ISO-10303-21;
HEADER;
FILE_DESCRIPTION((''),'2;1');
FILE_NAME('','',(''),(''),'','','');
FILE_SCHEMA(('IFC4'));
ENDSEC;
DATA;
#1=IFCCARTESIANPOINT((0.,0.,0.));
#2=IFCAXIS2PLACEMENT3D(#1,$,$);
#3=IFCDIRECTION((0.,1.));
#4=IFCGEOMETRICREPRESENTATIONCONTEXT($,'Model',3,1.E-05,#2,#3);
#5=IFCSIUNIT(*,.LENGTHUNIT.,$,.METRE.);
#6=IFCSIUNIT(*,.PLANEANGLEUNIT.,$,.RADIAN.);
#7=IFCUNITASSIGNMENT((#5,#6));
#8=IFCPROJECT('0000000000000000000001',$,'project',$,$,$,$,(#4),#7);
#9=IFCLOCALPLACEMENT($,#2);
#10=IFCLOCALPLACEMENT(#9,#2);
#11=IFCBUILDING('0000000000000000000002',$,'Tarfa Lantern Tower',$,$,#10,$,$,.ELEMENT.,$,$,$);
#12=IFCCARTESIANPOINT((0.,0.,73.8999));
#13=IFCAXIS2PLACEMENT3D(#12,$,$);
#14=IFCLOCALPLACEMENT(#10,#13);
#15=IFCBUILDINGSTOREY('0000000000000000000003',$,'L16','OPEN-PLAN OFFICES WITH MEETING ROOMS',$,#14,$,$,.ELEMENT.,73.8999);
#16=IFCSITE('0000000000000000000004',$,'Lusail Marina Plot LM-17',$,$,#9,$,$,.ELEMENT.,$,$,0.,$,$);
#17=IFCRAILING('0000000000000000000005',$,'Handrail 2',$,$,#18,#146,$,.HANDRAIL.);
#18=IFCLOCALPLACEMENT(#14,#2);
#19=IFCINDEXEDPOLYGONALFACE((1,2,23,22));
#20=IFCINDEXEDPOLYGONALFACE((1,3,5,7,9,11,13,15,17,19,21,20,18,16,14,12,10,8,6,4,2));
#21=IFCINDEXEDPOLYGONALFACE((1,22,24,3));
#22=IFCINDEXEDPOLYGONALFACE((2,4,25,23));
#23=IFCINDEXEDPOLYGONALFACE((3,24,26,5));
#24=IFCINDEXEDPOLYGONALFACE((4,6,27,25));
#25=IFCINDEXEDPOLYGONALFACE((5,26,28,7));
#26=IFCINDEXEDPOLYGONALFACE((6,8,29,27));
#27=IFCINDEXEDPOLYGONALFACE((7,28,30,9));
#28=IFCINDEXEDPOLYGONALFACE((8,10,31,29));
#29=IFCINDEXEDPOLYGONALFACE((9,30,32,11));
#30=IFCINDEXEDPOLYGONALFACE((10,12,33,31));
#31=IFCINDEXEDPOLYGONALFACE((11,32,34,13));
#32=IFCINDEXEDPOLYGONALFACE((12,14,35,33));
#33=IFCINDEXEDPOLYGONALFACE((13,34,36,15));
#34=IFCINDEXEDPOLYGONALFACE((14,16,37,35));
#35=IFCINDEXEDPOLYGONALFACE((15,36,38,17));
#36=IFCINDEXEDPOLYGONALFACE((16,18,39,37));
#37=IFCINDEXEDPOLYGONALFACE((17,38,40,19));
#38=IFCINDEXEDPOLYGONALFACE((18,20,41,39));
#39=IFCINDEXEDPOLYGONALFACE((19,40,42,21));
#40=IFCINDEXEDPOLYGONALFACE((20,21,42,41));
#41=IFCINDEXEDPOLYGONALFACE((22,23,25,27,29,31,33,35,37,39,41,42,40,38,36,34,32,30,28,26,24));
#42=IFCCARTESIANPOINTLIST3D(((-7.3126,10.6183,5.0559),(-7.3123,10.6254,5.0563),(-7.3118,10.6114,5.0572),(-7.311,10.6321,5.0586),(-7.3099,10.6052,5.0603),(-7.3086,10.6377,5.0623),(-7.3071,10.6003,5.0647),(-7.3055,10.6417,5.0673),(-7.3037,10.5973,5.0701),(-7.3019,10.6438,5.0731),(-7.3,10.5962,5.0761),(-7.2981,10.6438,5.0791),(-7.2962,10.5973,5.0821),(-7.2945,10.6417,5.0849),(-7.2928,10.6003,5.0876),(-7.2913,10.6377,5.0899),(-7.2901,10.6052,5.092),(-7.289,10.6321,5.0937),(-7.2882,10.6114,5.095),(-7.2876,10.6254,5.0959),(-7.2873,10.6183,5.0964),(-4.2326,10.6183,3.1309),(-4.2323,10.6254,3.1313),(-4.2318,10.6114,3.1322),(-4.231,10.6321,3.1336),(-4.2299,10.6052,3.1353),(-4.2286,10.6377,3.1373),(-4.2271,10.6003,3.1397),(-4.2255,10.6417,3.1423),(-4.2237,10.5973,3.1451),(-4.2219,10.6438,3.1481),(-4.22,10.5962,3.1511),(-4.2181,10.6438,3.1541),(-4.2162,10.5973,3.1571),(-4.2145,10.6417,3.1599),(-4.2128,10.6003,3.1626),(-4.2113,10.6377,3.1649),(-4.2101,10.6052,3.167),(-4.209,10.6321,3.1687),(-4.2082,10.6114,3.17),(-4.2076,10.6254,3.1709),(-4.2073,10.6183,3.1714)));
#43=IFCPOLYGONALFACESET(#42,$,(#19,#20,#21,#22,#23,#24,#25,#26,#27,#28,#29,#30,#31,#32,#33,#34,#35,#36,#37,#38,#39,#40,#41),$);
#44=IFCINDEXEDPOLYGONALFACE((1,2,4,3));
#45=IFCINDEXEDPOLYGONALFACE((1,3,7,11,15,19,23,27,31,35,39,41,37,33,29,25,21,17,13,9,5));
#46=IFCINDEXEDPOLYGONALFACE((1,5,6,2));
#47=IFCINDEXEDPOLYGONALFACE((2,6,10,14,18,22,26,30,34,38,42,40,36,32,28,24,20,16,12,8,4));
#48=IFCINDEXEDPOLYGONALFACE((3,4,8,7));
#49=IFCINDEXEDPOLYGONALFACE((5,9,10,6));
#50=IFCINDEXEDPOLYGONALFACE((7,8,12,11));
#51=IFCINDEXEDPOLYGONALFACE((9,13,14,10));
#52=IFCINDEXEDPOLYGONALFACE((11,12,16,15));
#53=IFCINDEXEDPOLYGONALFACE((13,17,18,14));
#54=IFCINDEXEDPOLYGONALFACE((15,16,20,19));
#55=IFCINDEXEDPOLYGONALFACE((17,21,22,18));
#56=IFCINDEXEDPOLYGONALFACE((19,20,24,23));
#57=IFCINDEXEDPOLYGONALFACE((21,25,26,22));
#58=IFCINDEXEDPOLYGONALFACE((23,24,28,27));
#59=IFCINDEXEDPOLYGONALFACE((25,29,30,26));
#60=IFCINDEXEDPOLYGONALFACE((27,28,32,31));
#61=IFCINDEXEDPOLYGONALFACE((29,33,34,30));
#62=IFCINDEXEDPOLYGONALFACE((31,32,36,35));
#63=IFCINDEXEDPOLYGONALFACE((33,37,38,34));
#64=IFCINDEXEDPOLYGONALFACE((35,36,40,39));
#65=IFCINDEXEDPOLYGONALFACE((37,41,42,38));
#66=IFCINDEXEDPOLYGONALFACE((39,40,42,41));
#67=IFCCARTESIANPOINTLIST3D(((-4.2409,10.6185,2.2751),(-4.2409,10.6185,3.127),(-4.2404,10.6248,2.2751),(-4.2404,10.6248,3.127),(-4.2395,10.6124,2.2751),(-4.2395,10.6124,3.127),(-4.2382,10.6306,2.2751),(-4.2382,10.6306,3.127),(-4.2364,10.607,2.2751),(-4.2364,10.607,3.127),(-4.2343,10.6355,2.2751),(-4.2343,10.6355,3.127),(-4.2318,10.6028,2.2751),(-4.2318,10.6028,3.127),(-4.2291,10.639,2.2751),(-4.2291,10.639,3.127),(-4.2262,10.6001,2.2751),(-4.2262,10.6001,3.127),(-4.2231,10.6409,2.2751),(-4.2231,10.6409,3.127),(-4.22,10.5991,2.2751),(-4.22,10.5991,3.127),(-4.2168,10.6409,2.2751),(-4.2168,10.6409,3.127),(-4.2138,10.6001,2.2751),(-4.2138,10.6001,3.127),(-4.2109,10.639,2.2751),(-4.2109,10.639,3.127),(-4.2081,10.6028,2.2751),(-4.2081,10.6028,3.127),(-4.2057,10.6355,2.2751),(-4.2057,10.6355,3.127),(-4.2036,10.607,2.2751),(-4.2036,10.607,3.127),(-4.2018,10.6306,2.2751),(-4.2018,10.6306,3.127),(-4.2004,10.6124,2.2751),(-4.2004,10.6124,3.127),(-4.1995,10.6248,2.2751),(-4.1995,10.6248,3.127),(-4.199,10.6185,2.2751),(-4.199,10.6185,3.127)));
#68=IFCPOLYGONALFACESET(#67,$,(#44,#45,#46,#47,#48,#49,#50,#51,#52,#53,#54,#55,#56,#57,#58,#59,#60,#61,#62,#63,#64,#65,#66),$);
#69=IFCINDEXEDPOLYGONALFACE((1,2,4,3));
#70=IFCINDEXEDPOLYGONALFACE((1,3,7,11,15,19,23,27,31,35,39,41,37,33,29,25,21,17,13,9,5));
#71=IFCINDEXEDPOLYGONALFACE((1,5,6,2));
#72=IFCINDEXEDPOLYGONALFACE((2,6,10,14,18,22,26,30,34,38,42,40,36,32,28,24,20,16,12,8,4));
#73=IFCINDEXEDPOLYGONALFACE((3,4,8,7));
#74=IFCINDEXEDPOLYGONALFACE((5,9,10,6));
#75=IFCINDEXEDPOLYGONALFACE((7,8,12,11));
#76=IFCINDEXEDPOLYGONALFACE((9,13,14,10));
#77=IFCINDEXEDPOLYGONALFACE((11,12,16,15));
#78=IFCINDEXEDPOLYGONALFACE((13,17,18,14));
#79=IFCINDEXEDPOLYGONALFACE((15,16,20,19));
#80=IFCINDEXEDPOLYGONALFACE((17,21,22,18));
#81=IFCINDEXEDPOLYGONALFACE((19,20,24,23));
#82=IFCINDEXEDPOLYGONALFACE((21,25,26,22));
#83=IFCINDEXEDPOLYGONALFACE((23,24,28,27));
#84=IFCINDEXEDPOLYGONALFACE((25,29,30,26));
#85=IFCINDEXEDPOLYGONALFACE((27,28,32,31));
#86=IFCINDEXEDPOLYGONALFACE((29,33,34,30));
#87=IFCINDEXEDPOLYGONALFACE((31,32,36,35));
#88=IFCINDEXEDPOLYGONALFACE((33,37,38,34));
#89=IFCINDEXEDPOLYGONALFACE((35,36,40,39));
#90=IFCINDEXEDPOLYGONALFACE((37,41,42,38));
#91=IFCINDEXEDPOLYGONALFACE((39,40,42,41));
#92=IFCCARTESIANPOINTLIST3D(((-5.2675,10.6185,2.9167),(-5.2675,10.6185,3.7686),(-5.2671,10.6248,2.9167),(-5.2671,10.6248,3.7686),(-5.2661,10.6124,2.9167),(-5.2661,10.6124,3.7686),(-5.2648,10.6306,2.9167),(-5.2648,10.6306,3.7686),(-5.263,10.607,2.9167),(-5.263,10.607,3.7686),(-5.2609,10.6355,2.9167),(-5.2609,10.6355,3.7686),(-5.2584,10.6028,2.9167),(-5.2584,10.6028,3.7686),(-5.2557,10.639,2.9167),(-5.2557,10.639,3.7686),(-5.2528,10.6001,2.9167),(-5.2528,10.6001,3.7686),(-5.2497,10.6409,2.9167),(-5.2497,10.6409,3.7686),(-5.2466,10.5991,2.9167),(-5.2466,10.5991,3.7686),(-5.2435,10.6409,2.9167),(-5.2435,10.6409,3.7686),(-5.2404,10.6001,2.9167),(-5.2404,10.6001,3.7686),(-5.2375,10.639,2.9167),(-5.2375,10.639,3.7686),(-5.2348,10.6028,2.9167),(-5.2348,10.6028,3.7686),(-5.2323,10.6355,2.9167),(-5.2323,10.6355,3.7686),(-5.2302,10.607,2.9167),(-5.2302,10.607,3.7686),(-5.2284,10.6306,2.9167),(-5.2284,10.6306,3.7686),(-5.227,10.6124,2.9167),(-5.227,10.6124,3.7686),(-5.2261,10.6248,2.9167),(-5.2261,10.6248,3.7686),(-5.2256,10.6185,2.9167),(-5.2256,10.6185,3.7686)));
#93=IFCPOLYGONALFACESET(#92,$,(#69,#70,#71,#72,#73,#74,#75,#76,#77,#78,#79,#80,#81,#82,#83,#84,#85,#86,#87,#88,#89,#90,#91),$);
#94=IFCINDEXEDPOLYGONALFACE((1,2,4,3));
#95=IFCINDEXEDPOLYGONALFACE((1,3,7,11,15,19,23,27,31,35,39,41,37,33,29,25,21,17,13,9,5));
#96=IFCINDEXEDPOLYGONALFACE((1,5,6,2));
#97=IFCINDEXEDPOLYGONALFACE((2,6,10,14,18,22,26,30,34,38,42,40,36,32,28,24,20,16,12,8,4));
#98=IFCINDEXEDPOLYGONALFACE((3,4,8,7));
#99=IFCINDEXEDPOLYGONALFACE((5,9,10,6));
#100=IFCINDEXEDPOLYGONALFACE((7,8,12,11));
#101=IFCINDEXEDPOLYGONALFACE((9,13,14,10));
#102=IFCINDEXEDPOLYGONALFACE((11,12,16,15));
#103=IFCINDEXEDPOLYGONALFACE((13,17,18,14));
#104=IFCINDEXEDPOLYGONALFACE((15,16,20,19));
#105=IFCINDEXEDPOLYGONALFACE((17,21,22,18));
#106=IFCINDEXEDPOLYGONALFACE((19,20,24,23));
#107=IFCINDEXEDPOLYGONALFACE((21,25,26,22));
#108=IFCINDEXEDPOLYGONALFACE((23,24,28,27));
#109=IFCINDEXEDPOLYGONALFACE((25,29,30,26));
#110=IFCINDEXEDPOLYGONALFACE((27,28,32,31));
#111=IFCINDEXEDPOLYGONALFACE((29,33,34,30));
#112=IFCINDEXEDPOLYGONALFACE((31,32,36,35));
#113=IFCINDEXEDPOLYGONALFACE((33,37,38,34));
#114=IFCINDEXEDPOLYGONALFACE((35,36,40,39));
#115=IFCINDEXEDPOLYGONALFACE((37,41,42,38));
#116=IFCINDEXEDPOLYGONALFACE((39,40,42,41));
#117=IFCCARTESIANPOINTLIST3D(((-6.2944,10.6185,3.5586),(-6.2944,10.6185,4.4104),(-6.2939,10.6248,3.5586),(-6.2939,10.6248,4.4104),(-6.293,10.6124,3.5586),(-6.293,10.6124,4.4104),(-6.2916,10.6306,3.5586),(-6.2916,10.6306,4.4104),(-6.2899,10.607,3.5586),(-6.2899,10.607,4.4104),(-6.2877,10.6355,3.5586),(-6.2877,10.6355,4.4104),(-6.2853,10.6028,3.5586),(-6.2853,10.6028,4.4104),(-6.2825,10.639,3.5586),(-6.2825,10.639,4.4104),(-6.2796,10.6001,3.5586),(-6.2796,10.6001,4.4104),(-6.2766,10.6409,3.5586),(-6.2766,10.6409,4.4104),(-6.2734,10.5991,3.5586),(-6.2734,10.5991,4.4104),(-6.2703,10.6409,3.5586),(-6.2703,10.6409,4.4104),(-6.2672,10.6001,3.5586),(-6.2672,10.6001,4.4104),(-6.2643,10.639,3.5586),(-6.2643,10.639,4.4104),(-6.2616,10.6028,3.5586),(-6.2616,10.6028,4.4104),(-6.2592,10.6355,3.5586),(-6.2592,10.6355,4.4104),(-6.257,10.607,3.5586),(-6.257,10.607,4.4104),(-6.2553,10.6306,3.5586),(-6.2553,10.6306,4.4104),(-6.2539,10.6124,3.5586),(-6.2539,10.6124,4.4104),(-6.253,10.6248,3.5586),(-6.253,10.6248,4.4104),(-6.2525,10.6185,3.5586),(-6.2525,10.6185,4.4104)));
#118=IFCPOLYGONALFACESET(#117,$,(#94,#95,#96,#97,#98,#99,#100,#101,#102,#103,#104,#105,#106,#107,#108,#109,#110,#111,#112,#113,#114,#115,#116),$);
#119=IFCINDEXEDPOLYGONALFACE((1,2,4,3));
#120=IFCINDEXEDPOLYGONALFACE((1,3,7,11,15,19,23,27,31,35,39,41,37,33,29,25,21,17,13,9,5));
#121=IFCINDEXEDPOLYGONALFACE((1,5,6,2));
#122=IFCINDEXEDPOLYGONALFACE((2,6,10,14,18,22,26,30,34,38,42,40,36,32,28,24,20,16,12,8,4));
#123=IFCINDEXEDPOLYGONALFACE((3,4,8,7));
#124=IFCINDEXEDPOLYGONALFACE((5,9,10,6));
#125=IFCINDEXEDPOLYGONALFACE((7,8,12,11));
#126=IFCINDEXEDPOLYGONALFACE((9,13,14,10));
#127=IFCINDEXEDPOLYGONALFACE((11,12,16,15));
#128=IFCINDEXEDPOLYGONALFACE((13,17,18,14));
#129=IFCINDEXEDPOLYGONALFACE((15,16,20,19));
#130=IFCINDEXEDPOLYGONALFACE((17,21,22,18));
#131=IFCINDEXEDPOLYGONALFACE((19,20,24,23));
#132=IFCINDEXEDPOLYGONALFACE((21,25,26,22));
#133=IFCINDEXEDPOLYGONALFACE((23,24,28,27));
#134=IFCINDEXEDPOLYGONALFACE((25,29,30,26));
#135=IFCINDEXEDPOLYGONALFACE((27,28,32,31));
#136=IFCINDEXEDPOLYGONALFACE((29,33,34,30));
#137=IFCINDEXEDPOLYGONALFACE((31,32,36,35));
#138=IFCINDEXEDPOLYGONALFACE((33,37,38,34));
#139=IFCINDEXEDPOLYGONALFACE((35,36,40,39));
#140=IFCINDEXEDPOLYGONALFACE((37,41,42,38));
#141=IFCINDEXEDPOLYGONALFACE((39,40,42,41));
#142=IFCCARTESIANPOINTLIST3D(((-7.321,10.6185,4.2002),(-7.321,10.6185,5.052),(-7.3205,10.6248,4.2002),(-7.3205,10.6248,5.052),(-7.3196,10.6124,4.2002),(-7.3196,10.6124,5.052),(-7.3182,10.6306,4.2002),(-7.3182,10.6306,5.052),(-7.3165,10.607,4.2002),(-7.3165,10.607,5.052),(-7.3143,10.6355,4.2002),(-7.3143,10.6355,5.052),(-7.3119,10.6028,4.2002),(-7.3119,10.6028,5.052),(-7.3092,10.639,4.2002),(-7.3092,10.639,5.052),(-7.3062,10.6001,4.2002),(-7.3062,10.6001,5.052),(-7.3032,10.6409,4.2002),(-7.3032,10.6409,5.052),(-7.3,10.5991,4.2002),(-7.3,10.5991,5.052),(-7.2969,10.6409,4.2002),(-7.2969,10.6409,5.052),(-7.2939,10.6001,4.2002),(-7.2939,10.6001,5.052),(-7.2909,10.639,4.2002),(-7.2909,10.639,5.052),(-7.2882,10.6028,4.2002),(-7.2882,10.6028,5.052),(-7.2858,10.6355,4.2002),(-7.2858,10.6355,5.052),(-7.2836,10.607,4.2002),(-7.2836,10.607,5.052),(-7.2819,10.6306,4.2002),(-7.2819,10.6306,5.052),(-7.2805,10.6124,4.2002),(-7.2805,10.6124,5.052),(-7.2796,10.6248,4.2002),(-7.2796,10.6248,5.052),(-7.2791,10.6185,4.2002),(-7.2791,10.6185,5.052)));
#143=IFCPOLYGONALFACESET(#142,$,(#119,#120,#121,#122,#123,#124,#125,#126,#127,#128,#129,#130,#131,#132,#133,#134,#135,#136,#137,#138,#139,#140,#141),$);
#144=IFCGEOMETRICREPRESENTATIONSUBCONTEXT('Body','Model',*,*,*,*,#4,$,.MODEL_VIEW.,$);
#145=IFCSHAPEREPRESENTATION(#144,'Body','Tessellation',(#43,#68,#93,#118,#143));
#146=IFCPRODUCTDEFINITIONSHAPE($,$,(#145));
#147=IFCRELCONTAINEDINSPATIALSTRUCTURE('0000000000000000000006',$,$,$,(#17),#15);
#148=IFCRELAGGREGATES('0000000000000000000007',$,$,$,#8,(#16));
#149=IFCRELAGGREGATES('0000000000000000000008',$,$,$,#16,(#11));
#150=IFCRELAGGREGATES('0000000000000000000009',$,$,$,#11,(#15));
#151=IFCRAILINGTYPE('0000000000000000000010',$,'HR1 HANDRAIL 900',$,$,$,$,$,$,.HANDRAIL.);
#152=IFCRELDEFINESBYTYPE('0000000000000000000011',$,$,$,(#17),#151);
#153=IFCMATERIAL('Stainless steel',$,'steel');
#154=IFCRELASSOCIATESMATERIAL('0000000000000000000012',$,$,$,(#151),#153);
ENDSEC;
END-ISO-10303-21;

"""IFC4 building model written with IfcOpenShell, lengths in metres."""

from ifc_helpers import new_model, si_unit, direction, frame, origin, origin_2d, place, context, subcontext, project, spatial, circle, extrude, material, type_object, element, save


model = new_model("IFC4")

# Units and contexts
model_context = context("Model", 3, precision=1e-05, world=origin(), true_north=direction((0.0, 1.0)))
body_context = subcontext(model_context, "Body", "Model", "MODEL_VIEW")
ifc_project = project(units=[si_unit("LENGTHUNIT", "METRE"), si_unit("PLANEANGLEUNIT", "RADIAN")], contexts=[model_context])

# Site, building, storey
site_placement = place(None, origin())
site = spatial("IfcSite", under=ifc_project, at=site_placement, Name="Lusail Marina Plot LM-17", CompositionType="ELEMENT", RefElevation=0.0)
building_placement = place(site_placement, origin())
building = spatial("IfcBuilding", under=site, at=building_placement, Name="Tarfa Lantern Tower", CompositionType="ELEMENT")
storey_placement = place(building_placement, frame((0.0, 0.0, 73.8999)))
storey = spatial("IfcBuildingStorey", under=building, at=storey_placement, Name="L16", Description="OPEN-PLAN OFFICES WITH MEETING ROOMS", CompositionType="ELEMENT", Elevation=73.8999)

# Railing
ifc_material_1 = material(Name="Stainless steel", Category="steel")
railing_type = type_object("IfcRailingType", Name="HR1 HANDRAIL 900", PredefinedType="HANDRAIL", material=ifc_material_1)
railing_1_placement = place(storey_placement, frame((-4.22, 10.6201, 2.2751)))
element("IfcRailing", 1, at=railing_1_placement, inside=storey, type_object=railing_type, Name="Handrail 2", PredefinedType="HANDRAIL", context=body_context, shape_type="SweptSolid", body=[
    extrude(circle(Radius=0.0239, at=origin_2d()), frame((0.0, 0.0, 0.876), z_axis=(-0.847998, 0.0, 0.529999), x_axis=(0.0, -1.0, 0.0)), (0.0, 0.0, 1.0), 3.6321),
    extrude(circle(Radius=0.021, at=origin_2d()), frame((0.0, 0.0, 0.0), z_axis=(0.0, 0.0, 1.0), x_axis=(0.0, -1.0, 0.0)), (0.0, 0.0, 1.0), 0.8518),
    extrude(circle(Radius=0.021, at=origin_2d()), frame((-1.0266, 0.0, 0.6416), z_axis=(0.0, 0.0, 1.0), x_axis=(0.0, -1.0, 0.0)), (0.0, 0.0, 1.0), 0.8518),
    extrude(circle(Radius=0.021, at=origin_2d()), frame((-2.0535, 0.0, 1.2834), z_axis=(0.0, 0.0, 1.0), x_axis=(0.0, -1.0, 0.0)), (0.0, 0.0, 1.0), 0.8518),
    extrude(circle(Radius=0.021, at=origin_2d()), frame((-3.0801, 0.0, 1.925), z_axis=(0.0, 0.0, 1.0), x_axis=(0.0, -1.0, 0.0)), (0.0, 0.0, 1.0), 0.8518),
])

save(model, "model.ifc")
